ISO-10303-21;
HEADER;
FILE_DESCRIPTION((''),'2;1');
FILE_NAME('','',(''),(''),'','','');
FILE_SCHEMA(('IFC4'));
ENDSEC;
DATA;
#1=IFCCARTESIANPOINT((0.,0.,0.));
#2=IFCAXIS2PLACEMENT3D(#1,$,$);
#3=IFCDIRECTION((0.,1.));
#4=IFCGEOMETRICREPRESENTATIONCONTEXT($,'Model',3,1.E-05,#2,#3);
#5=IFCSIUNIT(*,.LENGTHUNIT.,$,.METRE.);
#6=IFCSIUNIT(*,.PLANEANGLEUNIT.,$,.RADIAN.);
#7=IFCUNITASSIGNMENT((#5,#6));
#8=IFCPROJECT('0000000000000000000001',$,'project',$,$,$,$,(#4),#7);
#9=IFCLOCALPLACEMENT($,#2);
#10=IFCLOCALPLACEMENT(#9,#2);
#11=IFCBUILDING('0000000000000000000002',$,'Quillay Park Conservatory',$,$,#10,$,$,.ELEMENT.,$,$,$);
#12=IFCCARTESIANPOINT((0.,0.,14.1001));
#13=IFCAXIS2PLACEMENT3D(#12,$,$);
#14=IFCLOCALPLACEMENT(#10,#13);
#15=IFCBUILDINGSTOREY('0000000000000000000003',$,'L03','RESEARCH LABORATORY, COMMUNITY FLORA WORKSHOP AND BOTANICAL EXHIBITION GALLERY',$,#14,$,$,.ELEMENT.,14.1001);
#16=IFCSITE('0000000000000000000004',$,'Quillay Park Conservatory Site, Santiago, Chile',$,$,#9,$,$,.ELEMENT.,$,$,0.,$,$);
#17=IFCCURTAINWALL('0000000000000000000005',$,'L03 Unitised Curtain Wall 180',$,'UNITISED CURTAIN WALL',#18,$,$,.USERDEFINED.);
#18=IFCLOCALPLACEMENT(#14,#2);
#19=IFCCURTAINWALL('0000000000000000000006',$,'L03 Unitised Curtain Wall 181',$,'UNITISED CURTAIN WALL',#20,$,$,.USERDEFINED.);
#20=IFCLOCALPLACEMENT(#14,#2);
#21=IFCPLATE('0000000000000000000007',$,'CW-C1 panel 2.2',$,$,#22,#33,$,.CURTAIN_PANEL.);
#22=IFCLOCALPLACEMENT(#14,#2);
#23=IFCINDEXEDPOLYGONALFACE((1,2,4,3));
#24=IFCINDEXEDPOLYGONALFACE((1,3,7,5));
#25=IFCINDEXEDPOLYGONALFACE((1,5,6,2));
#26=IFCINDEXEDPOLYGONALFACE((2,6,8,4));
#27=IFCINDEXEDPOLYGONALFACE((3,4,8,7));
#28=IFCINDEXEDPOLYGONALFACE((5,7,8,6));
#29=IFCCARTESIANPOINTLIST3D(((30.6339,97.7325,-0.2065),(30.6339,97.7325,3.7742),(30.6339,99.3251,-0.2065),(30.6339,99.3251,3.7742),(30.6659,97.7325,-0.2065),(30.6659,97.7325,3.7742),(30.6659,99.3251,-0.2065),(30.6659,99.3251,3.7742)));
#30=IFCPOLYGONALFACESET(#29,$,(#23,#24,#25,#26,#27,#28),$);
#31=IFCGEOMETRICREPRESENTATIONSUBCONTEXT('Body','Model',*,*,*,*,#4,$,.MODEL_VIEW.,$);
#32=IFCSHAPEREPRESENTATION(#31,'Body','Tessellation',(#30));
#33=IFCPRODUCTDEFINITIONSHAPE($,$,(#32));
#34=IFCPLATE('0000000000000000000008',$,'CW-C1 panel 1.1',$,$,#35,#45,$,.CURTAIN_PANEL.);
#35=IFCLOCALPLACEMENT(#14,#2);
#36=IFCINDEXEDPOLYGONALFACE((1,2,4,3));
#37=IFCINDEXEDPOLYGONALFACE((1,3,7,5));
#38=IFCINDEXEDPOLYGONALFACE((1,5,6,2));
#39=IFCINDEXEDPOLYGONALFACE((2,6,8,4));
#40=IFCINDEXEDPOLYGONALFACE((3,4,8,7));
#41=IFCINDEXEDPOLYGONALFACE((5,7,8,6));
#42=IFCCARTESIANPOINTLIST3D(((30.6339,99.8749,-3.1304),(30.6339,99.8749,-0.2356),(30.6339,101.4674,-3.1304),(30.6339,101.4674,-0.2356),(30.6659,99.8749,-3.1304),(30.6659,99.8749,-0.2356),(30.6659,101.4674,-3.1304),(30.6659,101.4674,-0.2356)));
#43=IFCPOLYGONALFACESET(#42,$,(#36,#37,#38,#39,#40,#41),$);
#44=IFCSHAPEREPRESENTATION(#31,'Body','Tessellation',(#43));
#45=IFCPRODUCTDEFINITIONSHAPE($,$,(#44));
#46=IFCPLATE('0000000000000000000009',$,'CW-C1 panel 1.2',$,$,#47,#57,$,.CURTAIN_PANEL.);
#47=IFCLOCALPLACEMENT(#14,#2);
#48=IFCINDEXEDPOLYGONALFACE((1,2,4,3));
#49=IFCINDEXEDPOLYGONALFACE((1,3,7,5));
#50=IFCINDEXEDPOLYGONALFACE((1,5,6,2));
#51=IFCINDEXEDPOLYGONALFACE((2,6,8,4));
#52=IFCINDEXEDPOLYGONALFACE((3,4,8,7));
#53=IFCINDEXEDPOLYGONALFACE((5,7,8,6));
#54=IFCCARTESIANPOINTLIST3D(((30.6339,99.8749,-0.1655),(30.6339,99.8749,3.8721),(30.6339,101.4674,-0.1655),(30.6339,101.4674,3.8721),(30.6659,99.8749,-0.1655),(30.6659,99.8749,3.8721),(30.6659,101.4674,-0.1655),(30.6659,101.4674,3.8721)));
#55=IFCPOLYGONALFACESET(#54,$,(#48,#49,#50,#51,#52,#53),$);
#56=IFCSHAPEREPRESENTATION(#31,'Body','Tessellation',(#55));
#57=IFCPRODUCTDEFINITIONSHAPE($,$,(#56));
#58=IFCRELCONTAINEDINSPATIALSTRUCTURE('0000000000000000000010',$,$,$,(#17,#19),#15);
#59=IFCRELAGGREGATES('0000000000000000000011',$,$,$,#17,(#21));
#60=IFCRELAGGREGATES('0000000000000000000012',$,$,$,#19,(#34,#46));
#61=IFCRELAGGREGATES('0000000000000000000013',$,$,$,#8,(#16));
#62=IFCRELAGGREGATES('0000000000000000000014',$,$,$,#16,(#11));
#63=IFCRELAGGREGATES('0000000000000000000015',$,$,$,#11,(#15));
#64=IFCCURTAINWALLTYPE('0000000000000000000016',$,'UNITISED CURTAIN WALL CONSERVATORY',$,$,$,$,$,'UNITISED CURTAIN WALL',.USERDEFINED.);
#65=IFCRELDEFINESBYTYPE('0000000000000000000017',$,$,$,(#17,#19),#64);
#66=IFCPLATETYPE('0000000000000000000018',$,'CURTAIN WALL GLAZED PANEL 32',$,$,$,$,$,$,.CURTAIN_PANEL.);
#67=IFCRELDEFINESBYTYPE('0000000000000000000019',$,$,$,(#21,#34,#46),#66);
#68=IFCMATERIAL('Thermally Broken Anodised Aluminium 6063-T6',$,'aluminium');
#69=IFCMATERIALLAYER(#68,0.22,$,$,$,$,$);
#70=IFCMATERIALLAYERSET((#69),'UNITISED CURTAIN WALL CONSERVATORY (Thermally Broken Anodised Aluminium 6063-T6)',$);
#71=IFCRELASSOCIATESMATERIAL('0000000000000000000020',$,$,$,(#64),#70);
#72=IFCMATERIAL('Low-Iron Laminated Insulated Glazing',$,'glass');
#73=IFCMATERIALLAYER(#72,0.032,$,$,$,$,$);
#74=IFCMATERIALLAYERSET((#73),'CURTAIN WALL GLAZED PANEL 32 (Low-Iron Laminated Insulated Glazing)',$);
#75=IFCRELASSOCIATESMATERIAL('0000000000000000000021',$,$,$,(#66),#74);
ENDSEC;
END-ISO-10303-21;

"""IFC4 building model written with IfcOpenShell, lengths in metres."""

from ifc_helpers import new_model, si_unit, direction, frame, origin, origin_2d, place, context, subcontext, project, spatial, rectangle, extrude, material, layer, layer_set, type_object, element, aggregate, save


model = new_model("IFC4")

# Units and contexts
model_context = context("Model", 3, precision=1e-05, world=origin(), true_north=direction((0.0, 1.0)))
body_context = subcontext(model_context, "Body", "Model", "MODEL_VIEW")
ifc_project = project(units=[si_unit("LENGTHUNIT", "METRE"), si_unit("PLANEANGLEUNIT", "RADIAN")], contexts=[model_context])

# Site, building, storey
site_placement = place(None, origin())
site = spatial("IfcSite", under=ifc_project, at=site_placement, Name="Quillay Park Conservatory Site, Santiago, Chile", CompositionType="ELEMENT", RefElevation=0.0)
building_placement = place(site_placement, origin())
building = spatial("IfcBuilding", under=site, at=building_placement, Name="Quillay Park Conservatory", CompositionType="ELEMENT")
storey_placement = place(building_placement, frame((0.0, 0.0, 14.1001)))
storey = spatial("IfcBuildingStorey", under=building, at=storey_placement, Name="L03", Description="RESEARCH LABORATORY, COMMUNITY FLORA WORKSHOP AND BOTANICAL EXHIBITION GALLERY", CompositionType="ELEMENT", Elevation=14.1001)

# Curtain wall
ifc_material_1 = material(Name="Thermally Broken Anodised Aluminium 6063-T6", Category="aluminium")
ifc_layer_1 = layer(ifc_material_1, 0.22)
ifc_layer_set_1 = layer_set([ifc_layer_1], Name="UNITISED CURTAIN WALL CONSERVATORY (Thermally Broken Anodised Aluminium 6063-T6)")
curtain_wall_type_1 = type_object("IfcCurtainWallType", Name="UNITISED CURTAIN WALL CONSERVATORY", ElementType="UNITISED CURTAIN WALL", PredefinedType="USERDEFINED", material=ifc_layer_set_1)
curtain_wall_1_placement = place(storey_placement, origin())
curtain_wall_1 = element("IfcCurtainWall", 1, at=curtain_wall_1_placement, inside=storey, type_object=curtain_wall_type_1, Name="L03 Unitised Curtain Wall 180", ObjectType="UNITISED CURTAIN WALL", PredefinedType="USERDEFINED")

# Curtain wall
curtain_wall_2_placement = place(storey_placement, origin())
curtain_wall_2 = element("IfcCurtainWall", 2, at=curtain_wall_2_placement, inside=storey, type_object=curtain_wall_type_1, Name="L03 Unitised Curtain Wall 181", ObjectType="UNITISED CURTAIN WALL", PredefinedType="USERDEFINED")

# Plates
ifc_material_2 = material(Name="Low-Iron Laminated Insulated Glazing", Category="glass")
ifc_layer_2 = layer(ifc_material_2, 0.032)
ifc_layer_set_2 = layer_set([ifc_layer_2], Name="CURTAIN WALL GLAZED PANEL 32 (Low-Iron Laminated Insulated Glazing)")
plate_type_1 = type_object("IfcPlateType", Name="CURTAIN WALL GLAZED PANEL 32", PredefinedType="CURTAIN_PANEL", material=ifc_layer_set_2)
plate_1_placement = place(storey_placement, frame((30.6499, 98.5288, -0.2065), z_axis=(0.0, 0.0, 1.0), x_axis=(0.0, 1.0, 0.0)))
plate_1 = element("IfcPlate", 3, at=plate_1_placement, type_object=plate_type_1, Name="CW-C1 panel 2.2", PredefinedType="CURTAIN_PANEL", context=body_context, shape_type="SweptSolid", body=[
    extrude(rectangle(XDim=1.5925, YDim=0.032, at=origin_2d()), origin(), (0.0, 0.0, 1.0), 3.9807),
])
aggregate(curtain_wall_1, [plate_1])
plate_2_placement = place(storey_placement, frame((30.6499, 100.6711, -3.1304), z_axis=(0.0, 0.0, 1.0), x_axis=(0.0, 1.0, 0.0)))
plate_2 = element("IfcPlate", 4, at=plate_2_placement, type_object=plate_type_1, Name="CW-C1 panel 1.1", PredefinedType="CURTAIN_PANEL", context=body_context, shape_type="SweptSolid", body=[
    extrude(rectangle(XDim=1.5925, YDim=0.032, at=origin_2d()), origin(), (0.0, 0.0, 1.0), 2.8948),
])
plate_3_placement = place(storey_placement, frame((30.6499, 100.6711, -0.1655), z_axis=(0.0, 0.0, 1.0), x_axis=(0.0, 1.0, 0.0)))
plate_3 = element("IfcPlate", 5, at=plate_3_placement, type_object=plate_type_1, Name="CW-C1 panel 1.2", PredefinedType="CURTAIN_PANEL", context=body_context, shape_type="SweptSolid", body=[
    extrude(rectangle(XDim=1.5925, YDim=0.032, at=origin_2d()), origin(), (0.0, 0.0, 1.0), 4.0376),
])
aggregate(curtain_wall_2, [plate_2, plate_3])

save(model, "model.ifc")
